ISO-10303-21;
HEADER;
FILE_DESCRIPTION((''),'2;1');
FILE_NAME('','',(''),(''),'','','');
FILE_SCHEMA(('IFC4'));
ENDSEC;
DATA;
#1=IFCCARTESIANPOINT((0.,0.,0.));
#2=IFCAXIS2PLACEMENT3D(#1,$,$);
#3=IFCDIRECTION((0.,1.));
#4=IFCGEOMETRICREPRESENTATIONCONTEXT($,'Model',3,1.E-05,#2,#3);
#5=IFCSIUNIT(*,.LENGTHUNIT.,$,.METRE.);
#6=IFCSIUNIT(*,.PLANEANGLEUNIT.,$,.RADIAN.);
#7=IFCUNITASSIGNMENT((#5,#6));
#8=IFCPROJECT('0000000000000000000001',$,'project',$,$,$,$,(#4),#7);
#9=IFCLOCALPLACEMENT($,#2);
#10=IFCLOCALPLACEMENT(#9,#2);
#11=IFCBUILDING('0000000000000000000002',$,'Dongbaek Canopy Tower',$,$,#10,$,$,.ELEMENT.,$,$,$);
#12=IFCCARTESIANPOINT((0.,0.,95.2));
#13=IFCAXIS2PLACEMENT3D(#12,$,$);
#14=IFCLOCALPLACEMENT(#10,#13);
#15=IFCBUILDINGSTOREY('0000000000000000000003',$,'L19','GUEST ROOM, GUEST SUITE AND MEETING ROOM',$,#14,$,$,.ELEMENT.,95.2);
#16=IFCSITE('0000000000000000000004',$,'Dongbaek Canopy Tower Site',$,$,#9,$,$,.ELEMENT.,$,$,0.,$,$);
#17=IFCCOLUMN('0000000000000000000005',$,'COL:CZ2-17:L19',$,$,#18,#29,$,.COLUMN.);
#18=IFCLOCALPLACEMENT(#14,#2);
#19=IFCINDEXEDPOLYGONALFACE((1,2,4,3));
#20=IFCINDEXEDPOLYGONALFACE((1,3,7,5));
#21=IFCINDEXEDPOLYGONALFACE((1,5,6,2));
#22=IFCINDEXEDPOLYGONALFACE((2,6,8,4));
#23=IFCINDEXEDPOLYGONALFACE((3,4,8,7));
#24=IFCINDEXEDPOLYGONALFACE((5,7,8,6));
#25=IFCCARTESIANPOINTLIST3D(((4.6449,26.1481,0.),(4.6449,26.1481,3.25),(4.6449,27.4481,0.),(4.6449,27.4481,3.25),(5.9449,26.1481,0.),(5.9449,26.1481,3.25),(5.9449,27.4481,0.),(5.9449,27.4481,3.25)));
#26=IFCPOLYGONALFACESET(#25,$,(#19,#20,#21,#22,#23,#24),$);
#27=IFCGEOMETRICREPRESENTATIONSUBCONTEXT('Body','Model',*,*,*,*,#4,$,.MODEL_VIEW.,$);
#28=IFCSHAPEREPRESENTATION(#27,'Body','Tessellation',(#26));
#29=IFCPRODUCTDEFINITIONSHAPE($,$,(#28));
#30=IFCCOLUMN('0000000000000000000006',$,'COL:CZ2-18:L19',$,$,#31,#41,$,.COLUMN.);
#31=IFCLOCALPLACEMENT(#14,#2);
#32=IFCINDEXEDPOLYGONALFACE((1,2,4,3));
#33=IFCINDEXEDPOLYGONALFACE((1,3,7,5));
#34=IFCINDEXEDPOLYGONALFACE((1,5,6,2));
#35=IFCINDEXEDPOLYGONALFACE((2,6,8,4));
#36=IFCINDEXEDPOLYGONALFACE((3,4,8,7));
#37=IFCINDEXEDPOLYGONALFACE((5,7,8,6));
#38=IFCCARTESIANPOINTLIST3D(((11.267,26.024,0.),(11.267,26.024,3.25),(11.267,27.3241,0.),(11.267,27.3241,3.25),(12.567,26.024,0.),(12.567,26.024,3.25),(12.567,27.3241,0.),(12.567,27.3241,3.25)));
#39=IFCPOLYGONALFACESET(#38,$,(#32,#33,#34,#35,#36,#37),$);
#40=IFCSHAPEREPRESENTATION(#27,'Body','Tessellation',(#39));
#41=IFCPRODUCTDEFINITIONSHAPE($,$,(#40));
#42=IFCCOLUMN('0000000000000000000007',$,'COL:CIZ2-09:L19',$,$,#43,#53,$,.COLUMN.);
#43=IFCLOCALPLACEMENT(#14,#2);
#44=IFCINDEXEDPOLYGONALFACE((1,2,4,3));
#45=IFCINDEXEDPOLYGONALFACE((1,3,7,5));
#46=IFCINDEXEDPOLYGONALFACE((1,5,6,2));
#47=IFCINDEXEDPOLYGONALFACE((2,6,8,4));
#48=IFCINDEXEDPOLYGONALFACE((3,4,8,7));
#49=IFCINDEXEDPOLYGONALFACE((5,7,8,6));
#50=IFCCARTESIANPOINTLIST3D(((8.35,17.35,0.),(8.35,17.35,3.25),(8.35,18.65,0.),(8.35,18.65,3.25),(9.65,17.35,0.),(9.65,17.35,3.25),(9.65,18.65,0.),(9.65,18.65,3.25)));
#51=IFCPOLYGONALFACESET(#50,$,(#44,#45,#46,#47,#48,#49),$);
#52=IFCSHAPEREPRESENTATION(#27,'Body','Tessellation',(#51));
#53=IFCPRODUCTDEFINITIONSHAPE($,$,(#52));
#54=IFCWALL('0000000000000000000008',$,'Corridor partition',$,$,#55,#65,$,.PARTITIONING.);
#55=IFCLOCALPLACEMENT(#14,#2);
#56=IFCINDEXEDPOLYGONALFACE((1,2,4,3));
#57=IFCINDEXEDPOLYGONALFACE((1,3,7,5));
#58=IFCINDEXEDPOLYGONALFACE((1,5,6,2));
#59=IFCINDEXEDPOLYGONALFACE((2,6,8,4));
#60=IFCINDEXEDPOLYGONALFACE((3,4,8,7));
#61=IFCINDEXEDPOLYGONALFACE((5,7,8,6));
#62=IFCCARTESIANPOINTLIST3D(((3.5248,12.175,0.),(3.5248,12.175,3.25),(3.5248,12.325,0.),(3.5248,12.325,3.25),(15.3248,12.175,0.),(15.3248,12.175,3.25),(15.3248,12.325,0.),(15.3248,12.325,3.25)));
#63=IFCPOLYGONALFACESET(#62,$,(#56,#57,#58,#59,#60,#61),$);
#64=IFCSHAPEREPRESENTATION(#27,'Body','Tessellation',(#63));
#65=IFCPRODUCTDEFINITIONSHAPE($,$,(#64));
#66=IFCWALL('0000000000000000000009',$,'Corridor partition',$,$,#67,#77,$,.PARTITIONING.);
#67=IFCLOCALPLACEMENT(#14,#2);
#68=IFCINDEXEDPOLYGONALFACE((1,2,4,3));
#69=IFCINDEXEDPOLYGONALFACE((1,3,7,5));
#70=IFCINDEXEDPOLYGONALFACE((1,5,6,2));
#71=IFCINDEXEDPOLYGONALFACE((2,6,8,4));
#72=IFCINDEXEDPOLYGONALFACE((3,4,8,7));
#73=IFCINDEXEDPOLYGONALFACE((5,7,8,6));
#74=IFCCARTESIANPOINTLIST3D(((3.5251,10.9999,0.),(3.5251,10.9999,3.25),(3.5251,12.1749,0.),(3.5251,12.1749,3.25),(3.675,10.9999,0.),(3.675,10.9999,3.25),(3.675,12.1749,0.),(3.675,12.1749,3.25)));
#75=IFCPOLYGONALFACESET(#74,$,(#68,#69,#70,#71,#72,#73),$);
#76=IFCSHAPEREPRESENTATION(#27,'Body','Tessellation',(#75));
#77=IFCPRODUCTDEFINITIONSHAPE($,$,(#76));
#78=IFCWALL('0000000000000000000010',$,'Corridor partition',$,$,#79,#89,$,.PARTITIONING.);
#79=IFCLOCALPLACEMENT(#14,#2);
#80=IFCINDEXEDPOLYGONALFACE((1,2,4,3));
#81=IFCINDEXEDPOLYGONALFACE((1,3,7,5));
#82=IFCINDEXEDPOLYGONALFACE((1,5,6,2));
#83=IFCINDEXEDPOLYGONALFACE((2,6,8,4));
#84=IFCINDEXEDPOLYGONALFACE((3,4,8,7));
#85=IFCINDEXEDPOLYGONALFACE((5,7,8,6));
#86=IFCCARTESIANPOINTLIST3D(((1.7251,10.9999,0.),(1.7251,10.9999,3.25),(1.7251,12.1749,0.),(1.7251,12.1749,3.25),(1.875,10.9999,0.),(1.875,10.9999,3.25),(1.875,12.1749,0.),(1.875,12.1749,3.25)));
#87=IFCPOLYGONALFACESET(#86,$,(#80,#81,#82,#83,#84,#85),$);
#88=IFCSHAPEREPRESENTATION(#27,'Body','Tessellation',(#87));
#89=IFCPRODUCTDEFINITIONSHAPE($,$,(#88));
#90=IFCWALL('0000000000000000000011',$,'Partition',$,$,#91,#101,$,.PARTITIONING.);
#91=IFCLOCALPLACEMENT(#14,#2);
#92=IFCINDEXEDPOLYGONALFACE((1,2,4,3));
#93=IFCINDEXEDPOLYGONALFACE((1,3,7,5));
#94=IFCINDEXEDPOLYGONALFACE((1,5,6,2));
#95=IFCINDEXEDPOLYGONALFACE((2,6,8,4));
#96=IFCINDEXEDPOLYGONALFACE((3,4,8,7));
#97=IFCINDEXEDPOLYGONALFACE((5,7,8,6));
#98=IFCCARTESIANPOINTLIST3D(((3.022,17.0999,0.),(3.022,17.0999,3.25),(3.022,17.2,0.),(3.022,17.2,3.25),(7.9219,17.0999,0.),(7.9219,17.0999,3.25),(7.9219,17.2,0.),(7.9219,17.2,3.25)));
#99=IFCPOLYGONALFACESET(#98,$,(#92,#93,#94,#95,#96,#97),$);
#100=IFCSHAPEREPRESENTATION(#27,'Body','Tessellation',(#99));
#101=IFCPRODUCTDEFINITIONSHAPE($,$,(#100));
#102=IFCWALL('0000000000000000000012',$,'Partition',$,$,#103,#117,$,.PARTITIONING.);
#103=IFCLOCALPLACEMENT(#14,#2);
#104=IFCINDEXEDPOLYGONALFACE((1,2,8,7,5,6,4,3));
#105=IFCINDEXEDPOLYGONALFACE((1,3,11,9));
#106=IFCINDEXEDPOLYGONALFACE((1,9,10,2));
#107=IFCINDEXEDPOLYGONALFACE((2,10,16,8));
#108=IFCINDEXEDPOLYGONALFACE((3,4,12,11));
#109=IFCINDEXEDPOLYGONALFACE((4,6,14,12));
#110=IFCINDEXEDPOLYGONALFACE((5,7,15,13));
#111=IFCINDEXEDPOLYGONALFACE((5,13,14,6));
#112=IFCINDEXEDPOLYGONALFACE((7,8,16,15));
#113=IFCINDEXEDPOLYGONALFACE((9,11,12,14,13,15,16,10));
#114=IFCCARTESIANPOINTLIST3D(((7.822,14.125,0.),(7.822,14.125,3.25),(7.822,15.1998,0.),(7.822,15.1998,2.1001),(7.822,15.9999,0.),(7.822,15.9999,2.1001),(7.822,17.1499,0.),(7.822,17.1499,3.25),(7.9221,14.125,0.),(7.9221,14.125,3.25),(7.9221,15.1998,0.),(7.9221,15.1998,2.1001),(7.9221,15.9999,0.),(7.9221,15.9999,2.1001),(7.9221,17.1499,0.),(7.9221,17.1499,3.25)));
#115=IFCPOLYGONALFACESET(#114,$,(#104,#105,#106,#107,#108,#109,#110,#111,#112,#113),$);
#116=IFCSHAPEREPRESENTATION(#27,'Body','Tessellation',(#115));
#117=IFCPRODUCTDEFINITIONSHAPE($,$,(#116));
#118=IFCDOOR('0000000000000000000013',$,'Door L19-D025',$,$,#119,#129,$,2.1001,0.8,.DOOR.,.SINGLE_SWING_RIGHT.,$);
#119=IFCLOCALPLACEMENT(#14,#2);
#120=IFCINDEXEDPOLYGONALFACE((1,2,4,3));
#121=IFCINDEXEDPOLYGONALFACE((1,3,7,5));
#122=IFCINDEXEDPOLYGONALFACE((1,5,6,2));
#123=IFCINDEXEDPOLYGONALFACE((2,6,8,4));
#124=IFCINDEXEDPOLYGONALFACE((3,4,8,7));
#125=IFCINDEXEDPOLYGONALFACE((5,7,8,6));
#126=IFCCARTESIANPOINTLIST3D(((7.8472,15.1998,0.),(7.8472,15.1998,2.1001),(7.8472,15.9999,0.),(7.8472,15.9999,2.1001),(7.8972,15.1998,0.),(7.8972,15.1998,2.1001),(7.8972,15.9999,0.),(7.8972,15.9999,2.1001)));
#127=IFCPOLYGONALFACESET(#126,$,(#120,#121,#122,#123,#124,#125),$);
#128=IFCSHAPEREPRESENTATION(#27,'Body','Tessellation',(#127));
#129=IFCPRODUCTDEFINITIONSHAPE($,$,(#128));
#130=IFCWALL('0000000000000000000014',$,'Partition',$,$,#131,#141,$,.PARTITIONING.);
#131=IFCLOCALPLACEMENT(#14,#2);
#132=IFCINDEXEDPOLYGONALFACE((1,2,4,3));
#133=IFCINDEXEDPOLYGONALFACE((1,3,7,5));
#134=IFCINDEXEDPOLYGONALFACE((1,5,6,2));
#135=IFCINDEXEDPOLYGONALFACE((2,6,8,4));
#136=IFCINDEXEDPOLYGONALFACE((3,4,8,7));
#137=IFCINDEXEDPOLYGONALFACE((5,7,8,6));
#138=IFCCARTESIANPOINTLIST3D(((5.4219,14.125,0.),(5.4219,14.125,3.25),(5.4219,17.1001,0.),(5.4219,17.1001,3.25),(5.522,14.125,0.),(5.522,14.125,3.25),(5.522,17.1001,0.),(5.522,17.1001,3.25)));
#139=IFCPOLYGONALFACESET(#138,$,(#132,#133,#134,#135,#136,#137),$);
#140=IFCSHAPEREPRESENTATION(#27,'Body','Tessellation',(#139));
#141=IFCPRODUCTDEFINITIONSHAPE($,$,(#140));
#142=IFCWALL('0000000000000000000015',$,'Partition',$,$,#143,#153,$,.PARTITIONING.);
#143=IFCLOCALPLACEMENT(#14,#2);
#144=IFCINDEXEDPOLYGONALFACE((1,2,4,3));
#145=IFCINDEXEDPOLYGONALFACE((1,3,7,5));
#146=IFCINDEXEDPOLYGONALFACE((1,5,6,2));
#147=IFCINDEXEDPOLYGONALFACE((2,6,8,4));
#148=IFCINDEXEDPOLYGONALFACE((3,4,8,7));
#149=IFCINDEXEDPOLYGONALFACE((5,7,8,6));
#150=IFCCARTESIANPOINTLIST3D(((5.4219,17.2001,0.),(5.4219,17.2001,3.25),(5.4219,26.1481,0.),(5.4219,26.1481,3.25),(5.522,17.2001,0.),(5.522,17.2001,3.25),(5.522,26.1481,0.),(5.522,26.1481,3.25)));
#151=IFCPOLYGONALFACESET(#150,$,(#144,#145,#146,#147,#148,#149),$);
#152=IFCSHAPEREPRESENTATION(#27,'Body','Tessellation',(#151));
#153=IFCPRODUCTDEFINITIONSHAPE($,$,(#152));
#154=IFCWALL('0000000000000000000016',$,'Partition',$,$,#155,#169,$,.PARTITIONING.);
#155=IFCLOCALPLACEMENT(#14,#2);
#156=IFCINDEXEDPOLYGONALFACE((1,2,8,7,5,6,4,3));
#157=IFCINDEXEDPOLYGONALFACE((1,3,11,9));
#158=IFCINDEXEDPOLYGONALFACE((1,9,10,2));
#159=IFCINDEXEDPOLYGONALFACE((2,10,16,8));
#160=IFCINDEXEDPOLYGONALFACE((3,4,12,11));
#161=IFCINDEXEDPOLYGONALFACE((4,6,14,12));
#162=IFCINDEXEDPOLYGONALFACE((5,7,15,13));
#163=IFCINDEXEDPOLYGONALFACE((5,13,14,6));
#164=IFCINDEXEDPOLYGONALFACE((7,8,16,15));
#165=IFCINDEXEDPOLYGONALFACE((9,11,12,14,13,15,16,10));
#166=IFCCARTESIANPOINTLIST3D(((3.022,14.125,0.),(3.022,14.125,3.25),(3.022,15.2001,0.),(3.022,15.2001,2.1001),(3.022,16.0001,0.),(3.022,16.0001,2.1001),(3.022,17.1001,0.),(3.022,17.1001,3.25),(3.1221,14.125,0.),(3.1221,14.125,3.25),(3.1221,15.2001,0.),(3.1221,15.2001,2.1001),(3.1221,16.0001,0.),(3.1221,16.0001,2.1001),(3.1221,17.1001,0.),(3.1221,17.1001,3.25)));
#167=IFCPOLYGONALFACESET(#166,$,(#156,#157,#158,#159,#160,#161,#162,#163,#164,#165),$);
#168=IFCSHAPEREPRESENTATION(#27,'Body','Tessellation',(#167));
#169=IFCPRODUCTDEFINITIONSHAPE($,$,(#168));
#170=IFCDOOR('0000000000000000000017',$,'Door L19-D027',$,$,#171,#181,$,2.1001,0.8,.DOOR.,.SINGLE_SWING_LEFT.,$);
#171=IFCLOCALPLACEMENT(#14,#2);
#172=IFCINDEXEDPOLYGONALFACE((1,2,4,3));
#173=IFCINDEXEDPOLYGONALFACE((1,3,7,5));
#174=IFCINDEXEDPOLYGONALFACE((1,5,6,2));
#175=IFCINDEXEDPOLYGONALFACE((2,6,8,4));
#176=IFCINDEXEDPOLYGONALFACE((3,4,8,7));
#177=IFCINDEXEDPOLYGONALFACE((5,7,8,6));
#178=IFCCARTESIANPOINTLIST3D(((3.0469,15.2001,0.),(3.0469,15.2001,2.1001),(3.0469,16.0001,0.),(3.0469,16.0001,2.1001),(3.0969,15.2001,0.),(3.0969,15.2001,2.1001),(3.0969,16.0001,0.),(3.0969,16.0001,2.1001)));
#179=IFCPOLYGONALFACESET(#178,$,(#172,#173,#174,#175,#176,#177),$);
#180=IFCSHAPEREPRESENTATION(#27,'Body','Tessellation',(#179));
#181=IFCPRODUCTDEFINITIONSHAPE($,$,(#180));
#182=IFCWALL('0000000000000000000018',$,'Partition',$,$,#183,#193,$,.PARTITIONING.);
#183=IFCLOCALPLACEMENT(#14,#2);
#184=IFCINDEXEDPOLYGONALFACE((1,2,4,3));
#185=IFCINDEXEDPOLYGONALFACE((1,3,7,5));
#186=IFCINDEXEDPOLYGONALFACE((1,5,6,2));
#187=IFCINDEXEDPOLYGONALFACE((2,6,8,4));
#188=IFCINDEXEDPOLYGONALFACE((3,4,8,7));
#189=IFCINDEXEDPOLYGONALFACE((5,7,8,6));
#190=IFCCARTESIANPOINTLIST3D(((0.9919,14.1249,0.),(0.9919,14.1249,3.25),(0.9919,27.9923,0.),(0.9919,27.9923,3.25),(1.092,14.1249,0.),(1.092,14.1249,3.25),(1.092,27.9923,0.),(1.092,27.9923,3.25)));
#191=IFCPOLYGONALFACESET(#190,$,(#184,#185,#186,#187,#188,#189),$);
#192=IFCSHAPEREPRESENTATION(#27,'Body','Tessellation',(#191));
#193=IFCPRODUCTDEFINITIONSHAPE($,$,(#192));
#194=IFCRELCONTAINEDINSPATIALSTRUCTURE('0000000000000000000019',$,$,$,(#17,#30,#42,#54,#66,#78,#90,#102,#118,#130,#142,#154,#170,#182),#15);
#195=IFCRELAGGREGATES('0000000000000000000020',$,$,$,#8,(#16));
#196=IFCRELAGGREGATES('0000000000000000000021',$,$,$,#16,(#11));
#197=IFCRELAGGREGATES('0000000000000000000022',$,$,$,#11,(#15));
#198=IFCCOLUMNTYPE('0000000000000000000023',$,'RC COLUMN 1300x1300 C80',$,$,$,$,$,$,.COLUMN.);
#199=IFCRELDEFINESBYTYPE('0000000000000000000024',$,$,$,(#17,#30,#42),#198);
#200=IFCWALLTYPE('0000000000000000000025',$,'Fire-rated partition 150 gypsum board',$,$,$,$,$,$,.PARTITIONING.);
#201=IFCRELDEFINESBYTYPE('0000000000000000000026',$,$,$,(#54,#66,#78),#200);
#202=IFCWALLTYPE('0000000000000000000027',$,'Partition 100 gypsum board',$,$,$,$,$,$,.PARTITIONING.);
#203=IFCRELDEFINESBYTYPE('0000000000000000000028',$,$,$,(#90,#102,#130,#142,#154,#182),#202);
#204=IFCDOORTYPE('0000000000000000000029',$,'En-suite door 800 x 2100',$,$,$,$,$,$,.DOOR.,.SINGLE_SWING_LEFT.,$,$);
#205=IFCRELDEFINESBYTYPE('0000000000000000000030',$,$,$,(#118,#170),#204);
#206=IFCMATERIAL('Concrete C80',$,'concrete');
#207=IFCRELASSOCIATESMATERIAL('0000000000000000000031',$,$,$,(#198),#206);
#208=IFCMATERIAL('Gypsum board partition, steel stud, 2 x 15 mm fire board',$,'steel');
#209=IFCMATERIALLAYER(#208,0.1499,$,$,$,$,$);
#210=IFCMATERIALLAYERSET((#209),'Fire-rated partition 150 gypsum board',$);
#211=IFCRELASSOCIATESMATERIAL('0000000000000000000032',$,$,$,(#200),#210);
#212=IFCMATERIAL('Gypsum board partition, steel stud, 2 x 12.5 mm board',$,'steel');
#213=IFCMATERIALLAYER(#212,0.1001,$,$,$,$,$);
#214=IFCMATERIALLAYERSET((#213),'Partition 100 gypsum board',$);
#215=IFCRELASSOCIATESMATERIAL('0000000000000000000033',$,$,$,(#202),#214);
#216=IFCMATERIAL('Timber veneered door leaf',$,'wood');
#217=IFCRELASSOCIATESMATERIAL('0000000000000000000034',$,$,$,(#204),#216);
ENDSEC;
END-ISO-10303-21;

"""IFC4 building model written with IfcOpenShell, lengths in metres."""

from ifc_helpers import new_model, si_unit, direction, frame, frame_2d, origin, origin_2d, place, context, subcontext, project, spatial, rectangle, extrude, material, layer, layer_set, material_profile, profile_set, type_object, element, fill, save


model = new_model("IFC4")

# Units and contexts
model_context = context("Model", 3, precision=1e-05, world=origin(), true_north=direction((0.0, 1.0)))
body_context = subcontext(model_context, "Body", "Model", "MODEL_VIEW")
ifc_project = project(units=[si_unit("LENGTHUNIT", "METRE"), si_unit("PLANEANGLEUNIT", "RADIAN")], contexts=[model_context])

# Site, building, storey
site_placement = place(None, origin())
site = spatial("IfcSite", under=ifc_project, at=site_placement, Name="Dongbaek Canopy Tower Site", CompositionType="ELEMENT", RefElevation=0.0)
building_placement = place(site_placement, origin())
building = spatial("IfcBuilding", under=site, at=building_placement, Name="Dongbaek Canopy Tower", CompositionType="ELEMENT")
storey_placement = place(building_placement, frame((0.0, 0.0, 95.2)))
storey = spatial("IfcBuildingStorey", under=building, at=storey_placement, Name="L19", Description="GUEST ROOM, GUEST SUITE AND MEETING ROOM", CompositionType="ELEMENT", Elevation=95.2)

# Columns
ifc_material_1 = material(Name="Concrete C80", Category="concrete")
ifc_material_profile = material_profile(ifc_material_1, rectangle(XDim=1.3, YDim=1.3, at=origin_2d()), Name="RC COLUMN 1300x1300 C80")
ifc_profile_set = profile_set([ifc_material_profile], Name="Concrete C80")
column_type = type_object("IfcColumnType", Name="RC COLUMN 1300x1300 C80", PredefinedType="COLUMN", material=ifc_profile_set)
for number, where, z_axis, x_axis, name in (
    (1, (5.2949, 26.7981, 0.0), (0.0, 0.0, 1.0), (1.0, 0.0, 0.0), "COL:CZ2-17:L19"),
    (2, (11.917, 26.6741, 0.0), (0.0, 0.0, 1.0), (1.0, 0.0, 0.0), "COL:CZ2-18:L19"),
    (3, (9.0, 18.0, 0.0), (0.0, 0.0, 1.0), (1.0, 0.0, 0.0), "COL:CIZ2-09:L19"),
):
    element("IfcColumn", number, at=place(storey_placement, frame(where, z_axis=z_axis, x_axis=x_axis)), inside=storey, type_object=column_type, Name=name, PredefinedType="COLUMN", context=body_context, shape_type="SweptSolid", body=[
        extrude(rectangle(XDim=1.3, YDim=1.3, at=origin_2d()), origin(), (0.0, 0.0, 1.0), 3.25),
    ])

# Walls
ifc_material_2 = material(Name="Gypsum board partition, steel stud, 2 x 15 mm fire board", Category="steel")
ifc_layer_1 = layer(ifc_material_2, 0.1499)
ifc_layer_set_1 = layer_set([ifc_layer_1], Name="Fire-rated partition 150 gypsum board")
wall_type_1 = type_object("IfcWallType", Name="Fire-rated partition 150 gypsum board", PredefinedType="PARTITIONING", material=ifc_layer_set_1)
wall_1_placement = place(storey_placement, frame((3.5249, 12.25, 0.0), z_axis=(0.0, 0.0, 1.0), x_axis=(1.0, 0.0, 0.0)))
element("IfcWall", 4, at=wall_1_placement, inside=storey, type_object=wall_type_1, Name="Corridor partition", PredefinedType="PARTITIONING", context=body_context, shape_type="SweptSolid", body=[
    extrude(rectangle(XDim=11.8, YDim=0.1499, at=frame_2d((5.8999, 0.0))), origin(), (0.0, 0.0, 1.0), 3.25),
])
for number, where, z_axis, x_axis, name in (
    (5, (3.6001, 11.0, 0.0), (0.0, 0.0, 1.0), (0.0, 1.0, 0.0), "Corridor partition"),
    (6, (1.8, 11.0, 0.0), (0.0, 0.0, 1.0), (0.0, 1.0, 0.0), "Corridor partition"),
):
    element("IfcWall", number, at=place(storey_placement, frame(where, z_axis=z_axis, x_axis=x_axis)), inside=storey, type_object=wall_type_1, Name=name, PredefinedType="PARTITIONING", context=body_context, shape_type="SweptSolid", body=[
        extrude(rectangle(XDim=1.175, YDim=0.1499, at=frame_2d((0.5874, 0.0))), origin(), (0.0, 0.0, 1.0), 3.25),
    ])
ifc_material_3 = material(Name="Gypsum board partition, steel stud, 2 x 12.5 mm board", Category="steel")
ifc_layer_2 = layer(ifc_material_3, 0.1001)
ifc_layer_set_2 = layer_set([ifc_layer_2], Name="Partition 100 gypsum board")
wall_type_2 = type_object("IfcWallType", Name="Partition 100 gypsum board", PredefinedType="PARTITIONING", material=ifc_layer_set_2)
wall_2_placement = place(storey_placement, frame((3.022, 17.1499, 0.0), z_axis=(0.0, 0.0, 1.0), x_axis=(1.0, 0.0, 0.0)))
element("IfcWall", 7, at=wall_2_placement, inside=storey, type_object=wall_type_2, Name="Partition", PredefinedType="PARTITIONING", context=body_context, shape_type="SweptSolid", body=[
    extrude(rectangle(XDim=4.8999, YDim=0.1001, at=frame_2d((2.45, 0.0))), origin(), (0.0, 0.0, 1.0), 3.25),
])

# Wall, opening, door
wall_3_placement = place(storey_placement, frame((7.8721, 14.125, 0.0), z_axis=(0.0, 0.0, 1.0), x_axis=(0.0, 1.0, 0.0)))
wall_3 = element("IfcWall", 8, at=wall_3_placement, inside=storey, type_object=wall_type_2, Name="Partition", PredefinedType="PARTITIONING", context=body_context, shape_type="SweptSolid", body=[
    extrude(rectangle(XDim=3.0249, YDim=0.1001, at=frame_2d((1.5125, 0.0))), origin(), (0.0, 0.0, 1.0), 3.25),
])
opening_1_placement = place(wall_3_placement, frame((1.075, 0.0, 0.0)))
opening_1 = element("IfcOpeningElement", 9, at=opening_1_placement, cuts=wall_3, PredefinedType="OPENING", context=body_context, shape_type="SweptSolid", body=[
    extrude(rectangle(XDim=0.8, YDim=2.1001, at=frame_2d((0.3999, 1.05))), frame((0.0, 0.0601, 0.0), z_axis=(0.0, -1.0, 0.0), x_axis=(1.0, 0.0, 0.0)), (0.0, 0.0, 1.0), 0.1201),
])
ifc_material_4 = material(Name="Timber veneered door leaf", Category="wood")
door_type = type_object("IfcDoorType", Name="En-suite door 800 x 2100", OperationType="SINGLE_SWING_LEFT", PredefinedType="DOOR", material=ifc_material_4)
door_1_placement = place(opening_1_placement, origin())
door_1 = element("IfcDoor", 10, at=door_1_placement, inside=storey, type_object=door_type, Name="Door L19-D025", OperationType="SINGLE_SWING_RIGHT", OverallHeight=2.1001, OverallWidth=0.8, PredefinedType="DOOR", context=body_context, shape_type="SweptSolid", body=[
    extrude(rectangle(XDim=0.8, YDim=2.1001, at=frame_2d((0.3999, 1.05))), frame((0.0, 0.0249, 0.0), z_axis=(0.0, -1.0, 0.0), x_axis=(1.0, 0.0, 0.0)), (0.0, 0.0, 1.0), 0.05),
])
fill(opening_1, door_1)

# Walls
wall_4_placement = place(storey_placement, frame((5.4719, 14.125, 0.0), z_axis=(0.0, 0.0, 1.0), x_axis=(0.0, 1.0, 0.0)))
element("IfcWall", 11, at=wall_4_placement, inside=storey, type_object=wall_type_2, Name="Partition", PredefinedType="PARTITIONING", context=body_context, shape_type="SweptSolid", body=[
    extrude(rectangle(XDim=2.9751, YDim=0.1001, at=frame_2d((1.4875, 0.0))), origin(), (0.0, 0.0, 1.0), 3.25),
])
wall_5_placement = place(storey_placement, frame((5.4719, 17.2, 0.0), z_axis=(0.0, 0.0, 1.0), x_axis=(0.0, 1.0, 0.0)))
element("IfcWall", 12, at=wall_5_placement, inside=storey, type_object=wall_type_2, Name="Partition", PredefinedType="PARTITIONING", context=body_context, shape_type="SweptSolid", body=[
    extrude(rectangle(XDim=8.948, YDim=0.1001, at=frame_2d((4.4741, 0.0))), origin(), (0.0, 0.0, 1.0), 3.25),
])

# Wall, opening, door
wall_6_placement = place(storey_placement, frame((3.072, 17.1001, 0.0), z_axis=(0.0, 0.0, 1.0), x_axis=(0.0, -1.0, 0.0)))
wall_6 = element("IfcWall", 13, at=wall_6_placement, inside=storey, type_object=wall_type_2, Name="Partition", PredefinedType="PARTITIONING", context=body_context, shape_type="SweptSolid", body=[
    extrude(rectangle(XDim=2.9751, YDim=0.1001, at=frame_2d((1.4875, 0.0))), origin(), (0.0, 0.0, 1.0), 3.25),
])
opening_2_placement = place(wall_6_placement, frame((1.1001, 0.0, 0.0)))
opening_2 = element("IfcOpeningElement", 14, at=opening_2_placement, cuts=wall_6, PredefinedType="OPENING", context=body_context, shape_type="SweptSolid", body=[
    extrude(rectangle(XDim=0.8, YDim=2.1001, at=frame_2d((0.3999, 1.05))), frame((0.0, 0.0601, 0.0), z_axis=(0.0, -1.0, 0.0), x_axis=(1.0, 0.0, 0.0)), (0.0, 0.0, 1.0), 0.1201),
])
door_2_placement = place(opening_2_placement, origin())
door_2 = element("IfcDoor", 15, at=door_2_placement, inside=storey, type_object=door_type, Name="Door L19-D027", OperationType="SINGLE_SWING_LEFT", OverallHeight=2.1001, OverallWidth=0.8, PredefinedType="DOOR", context=body_context, shape_type="SweptSolid", body=[
    extrude(rectangle(XDim=0.8, YDim=2.1001, at=frame_2d((0.3999, 1.05))), frame((0.0, 0.0249, 0.0), z_axis=(0.0, -1.0, 0.0), x_axis=(1.0, 0.0, 0.0)), (0.0, 0.0, 1.0), 0.05),
])
fill(opening_2, door_2)

# Wall
wall_7_placement = place(storey_placement, frame((1.042, 14.125, 0.0), z_axis=(0.0, 0.0, 1.0), x_axis=(0.0, 1.0, 0.0)))
element("IfcWall", 16, at=wall_7_placement, inside=storey, type_object=wall_type_2, Name="Partition", PredefinedType="PARTITIONING", context=body_context, shape_type="SweptSolid", body=[
    extrude(rectangle(XDim=13.8674, YDim=0.1001, at=frame_2d((6.9336, 0.0))), origin(), (0.0, 0.0, 1.0), 3.25),
])

save(model, "model.ifc")
